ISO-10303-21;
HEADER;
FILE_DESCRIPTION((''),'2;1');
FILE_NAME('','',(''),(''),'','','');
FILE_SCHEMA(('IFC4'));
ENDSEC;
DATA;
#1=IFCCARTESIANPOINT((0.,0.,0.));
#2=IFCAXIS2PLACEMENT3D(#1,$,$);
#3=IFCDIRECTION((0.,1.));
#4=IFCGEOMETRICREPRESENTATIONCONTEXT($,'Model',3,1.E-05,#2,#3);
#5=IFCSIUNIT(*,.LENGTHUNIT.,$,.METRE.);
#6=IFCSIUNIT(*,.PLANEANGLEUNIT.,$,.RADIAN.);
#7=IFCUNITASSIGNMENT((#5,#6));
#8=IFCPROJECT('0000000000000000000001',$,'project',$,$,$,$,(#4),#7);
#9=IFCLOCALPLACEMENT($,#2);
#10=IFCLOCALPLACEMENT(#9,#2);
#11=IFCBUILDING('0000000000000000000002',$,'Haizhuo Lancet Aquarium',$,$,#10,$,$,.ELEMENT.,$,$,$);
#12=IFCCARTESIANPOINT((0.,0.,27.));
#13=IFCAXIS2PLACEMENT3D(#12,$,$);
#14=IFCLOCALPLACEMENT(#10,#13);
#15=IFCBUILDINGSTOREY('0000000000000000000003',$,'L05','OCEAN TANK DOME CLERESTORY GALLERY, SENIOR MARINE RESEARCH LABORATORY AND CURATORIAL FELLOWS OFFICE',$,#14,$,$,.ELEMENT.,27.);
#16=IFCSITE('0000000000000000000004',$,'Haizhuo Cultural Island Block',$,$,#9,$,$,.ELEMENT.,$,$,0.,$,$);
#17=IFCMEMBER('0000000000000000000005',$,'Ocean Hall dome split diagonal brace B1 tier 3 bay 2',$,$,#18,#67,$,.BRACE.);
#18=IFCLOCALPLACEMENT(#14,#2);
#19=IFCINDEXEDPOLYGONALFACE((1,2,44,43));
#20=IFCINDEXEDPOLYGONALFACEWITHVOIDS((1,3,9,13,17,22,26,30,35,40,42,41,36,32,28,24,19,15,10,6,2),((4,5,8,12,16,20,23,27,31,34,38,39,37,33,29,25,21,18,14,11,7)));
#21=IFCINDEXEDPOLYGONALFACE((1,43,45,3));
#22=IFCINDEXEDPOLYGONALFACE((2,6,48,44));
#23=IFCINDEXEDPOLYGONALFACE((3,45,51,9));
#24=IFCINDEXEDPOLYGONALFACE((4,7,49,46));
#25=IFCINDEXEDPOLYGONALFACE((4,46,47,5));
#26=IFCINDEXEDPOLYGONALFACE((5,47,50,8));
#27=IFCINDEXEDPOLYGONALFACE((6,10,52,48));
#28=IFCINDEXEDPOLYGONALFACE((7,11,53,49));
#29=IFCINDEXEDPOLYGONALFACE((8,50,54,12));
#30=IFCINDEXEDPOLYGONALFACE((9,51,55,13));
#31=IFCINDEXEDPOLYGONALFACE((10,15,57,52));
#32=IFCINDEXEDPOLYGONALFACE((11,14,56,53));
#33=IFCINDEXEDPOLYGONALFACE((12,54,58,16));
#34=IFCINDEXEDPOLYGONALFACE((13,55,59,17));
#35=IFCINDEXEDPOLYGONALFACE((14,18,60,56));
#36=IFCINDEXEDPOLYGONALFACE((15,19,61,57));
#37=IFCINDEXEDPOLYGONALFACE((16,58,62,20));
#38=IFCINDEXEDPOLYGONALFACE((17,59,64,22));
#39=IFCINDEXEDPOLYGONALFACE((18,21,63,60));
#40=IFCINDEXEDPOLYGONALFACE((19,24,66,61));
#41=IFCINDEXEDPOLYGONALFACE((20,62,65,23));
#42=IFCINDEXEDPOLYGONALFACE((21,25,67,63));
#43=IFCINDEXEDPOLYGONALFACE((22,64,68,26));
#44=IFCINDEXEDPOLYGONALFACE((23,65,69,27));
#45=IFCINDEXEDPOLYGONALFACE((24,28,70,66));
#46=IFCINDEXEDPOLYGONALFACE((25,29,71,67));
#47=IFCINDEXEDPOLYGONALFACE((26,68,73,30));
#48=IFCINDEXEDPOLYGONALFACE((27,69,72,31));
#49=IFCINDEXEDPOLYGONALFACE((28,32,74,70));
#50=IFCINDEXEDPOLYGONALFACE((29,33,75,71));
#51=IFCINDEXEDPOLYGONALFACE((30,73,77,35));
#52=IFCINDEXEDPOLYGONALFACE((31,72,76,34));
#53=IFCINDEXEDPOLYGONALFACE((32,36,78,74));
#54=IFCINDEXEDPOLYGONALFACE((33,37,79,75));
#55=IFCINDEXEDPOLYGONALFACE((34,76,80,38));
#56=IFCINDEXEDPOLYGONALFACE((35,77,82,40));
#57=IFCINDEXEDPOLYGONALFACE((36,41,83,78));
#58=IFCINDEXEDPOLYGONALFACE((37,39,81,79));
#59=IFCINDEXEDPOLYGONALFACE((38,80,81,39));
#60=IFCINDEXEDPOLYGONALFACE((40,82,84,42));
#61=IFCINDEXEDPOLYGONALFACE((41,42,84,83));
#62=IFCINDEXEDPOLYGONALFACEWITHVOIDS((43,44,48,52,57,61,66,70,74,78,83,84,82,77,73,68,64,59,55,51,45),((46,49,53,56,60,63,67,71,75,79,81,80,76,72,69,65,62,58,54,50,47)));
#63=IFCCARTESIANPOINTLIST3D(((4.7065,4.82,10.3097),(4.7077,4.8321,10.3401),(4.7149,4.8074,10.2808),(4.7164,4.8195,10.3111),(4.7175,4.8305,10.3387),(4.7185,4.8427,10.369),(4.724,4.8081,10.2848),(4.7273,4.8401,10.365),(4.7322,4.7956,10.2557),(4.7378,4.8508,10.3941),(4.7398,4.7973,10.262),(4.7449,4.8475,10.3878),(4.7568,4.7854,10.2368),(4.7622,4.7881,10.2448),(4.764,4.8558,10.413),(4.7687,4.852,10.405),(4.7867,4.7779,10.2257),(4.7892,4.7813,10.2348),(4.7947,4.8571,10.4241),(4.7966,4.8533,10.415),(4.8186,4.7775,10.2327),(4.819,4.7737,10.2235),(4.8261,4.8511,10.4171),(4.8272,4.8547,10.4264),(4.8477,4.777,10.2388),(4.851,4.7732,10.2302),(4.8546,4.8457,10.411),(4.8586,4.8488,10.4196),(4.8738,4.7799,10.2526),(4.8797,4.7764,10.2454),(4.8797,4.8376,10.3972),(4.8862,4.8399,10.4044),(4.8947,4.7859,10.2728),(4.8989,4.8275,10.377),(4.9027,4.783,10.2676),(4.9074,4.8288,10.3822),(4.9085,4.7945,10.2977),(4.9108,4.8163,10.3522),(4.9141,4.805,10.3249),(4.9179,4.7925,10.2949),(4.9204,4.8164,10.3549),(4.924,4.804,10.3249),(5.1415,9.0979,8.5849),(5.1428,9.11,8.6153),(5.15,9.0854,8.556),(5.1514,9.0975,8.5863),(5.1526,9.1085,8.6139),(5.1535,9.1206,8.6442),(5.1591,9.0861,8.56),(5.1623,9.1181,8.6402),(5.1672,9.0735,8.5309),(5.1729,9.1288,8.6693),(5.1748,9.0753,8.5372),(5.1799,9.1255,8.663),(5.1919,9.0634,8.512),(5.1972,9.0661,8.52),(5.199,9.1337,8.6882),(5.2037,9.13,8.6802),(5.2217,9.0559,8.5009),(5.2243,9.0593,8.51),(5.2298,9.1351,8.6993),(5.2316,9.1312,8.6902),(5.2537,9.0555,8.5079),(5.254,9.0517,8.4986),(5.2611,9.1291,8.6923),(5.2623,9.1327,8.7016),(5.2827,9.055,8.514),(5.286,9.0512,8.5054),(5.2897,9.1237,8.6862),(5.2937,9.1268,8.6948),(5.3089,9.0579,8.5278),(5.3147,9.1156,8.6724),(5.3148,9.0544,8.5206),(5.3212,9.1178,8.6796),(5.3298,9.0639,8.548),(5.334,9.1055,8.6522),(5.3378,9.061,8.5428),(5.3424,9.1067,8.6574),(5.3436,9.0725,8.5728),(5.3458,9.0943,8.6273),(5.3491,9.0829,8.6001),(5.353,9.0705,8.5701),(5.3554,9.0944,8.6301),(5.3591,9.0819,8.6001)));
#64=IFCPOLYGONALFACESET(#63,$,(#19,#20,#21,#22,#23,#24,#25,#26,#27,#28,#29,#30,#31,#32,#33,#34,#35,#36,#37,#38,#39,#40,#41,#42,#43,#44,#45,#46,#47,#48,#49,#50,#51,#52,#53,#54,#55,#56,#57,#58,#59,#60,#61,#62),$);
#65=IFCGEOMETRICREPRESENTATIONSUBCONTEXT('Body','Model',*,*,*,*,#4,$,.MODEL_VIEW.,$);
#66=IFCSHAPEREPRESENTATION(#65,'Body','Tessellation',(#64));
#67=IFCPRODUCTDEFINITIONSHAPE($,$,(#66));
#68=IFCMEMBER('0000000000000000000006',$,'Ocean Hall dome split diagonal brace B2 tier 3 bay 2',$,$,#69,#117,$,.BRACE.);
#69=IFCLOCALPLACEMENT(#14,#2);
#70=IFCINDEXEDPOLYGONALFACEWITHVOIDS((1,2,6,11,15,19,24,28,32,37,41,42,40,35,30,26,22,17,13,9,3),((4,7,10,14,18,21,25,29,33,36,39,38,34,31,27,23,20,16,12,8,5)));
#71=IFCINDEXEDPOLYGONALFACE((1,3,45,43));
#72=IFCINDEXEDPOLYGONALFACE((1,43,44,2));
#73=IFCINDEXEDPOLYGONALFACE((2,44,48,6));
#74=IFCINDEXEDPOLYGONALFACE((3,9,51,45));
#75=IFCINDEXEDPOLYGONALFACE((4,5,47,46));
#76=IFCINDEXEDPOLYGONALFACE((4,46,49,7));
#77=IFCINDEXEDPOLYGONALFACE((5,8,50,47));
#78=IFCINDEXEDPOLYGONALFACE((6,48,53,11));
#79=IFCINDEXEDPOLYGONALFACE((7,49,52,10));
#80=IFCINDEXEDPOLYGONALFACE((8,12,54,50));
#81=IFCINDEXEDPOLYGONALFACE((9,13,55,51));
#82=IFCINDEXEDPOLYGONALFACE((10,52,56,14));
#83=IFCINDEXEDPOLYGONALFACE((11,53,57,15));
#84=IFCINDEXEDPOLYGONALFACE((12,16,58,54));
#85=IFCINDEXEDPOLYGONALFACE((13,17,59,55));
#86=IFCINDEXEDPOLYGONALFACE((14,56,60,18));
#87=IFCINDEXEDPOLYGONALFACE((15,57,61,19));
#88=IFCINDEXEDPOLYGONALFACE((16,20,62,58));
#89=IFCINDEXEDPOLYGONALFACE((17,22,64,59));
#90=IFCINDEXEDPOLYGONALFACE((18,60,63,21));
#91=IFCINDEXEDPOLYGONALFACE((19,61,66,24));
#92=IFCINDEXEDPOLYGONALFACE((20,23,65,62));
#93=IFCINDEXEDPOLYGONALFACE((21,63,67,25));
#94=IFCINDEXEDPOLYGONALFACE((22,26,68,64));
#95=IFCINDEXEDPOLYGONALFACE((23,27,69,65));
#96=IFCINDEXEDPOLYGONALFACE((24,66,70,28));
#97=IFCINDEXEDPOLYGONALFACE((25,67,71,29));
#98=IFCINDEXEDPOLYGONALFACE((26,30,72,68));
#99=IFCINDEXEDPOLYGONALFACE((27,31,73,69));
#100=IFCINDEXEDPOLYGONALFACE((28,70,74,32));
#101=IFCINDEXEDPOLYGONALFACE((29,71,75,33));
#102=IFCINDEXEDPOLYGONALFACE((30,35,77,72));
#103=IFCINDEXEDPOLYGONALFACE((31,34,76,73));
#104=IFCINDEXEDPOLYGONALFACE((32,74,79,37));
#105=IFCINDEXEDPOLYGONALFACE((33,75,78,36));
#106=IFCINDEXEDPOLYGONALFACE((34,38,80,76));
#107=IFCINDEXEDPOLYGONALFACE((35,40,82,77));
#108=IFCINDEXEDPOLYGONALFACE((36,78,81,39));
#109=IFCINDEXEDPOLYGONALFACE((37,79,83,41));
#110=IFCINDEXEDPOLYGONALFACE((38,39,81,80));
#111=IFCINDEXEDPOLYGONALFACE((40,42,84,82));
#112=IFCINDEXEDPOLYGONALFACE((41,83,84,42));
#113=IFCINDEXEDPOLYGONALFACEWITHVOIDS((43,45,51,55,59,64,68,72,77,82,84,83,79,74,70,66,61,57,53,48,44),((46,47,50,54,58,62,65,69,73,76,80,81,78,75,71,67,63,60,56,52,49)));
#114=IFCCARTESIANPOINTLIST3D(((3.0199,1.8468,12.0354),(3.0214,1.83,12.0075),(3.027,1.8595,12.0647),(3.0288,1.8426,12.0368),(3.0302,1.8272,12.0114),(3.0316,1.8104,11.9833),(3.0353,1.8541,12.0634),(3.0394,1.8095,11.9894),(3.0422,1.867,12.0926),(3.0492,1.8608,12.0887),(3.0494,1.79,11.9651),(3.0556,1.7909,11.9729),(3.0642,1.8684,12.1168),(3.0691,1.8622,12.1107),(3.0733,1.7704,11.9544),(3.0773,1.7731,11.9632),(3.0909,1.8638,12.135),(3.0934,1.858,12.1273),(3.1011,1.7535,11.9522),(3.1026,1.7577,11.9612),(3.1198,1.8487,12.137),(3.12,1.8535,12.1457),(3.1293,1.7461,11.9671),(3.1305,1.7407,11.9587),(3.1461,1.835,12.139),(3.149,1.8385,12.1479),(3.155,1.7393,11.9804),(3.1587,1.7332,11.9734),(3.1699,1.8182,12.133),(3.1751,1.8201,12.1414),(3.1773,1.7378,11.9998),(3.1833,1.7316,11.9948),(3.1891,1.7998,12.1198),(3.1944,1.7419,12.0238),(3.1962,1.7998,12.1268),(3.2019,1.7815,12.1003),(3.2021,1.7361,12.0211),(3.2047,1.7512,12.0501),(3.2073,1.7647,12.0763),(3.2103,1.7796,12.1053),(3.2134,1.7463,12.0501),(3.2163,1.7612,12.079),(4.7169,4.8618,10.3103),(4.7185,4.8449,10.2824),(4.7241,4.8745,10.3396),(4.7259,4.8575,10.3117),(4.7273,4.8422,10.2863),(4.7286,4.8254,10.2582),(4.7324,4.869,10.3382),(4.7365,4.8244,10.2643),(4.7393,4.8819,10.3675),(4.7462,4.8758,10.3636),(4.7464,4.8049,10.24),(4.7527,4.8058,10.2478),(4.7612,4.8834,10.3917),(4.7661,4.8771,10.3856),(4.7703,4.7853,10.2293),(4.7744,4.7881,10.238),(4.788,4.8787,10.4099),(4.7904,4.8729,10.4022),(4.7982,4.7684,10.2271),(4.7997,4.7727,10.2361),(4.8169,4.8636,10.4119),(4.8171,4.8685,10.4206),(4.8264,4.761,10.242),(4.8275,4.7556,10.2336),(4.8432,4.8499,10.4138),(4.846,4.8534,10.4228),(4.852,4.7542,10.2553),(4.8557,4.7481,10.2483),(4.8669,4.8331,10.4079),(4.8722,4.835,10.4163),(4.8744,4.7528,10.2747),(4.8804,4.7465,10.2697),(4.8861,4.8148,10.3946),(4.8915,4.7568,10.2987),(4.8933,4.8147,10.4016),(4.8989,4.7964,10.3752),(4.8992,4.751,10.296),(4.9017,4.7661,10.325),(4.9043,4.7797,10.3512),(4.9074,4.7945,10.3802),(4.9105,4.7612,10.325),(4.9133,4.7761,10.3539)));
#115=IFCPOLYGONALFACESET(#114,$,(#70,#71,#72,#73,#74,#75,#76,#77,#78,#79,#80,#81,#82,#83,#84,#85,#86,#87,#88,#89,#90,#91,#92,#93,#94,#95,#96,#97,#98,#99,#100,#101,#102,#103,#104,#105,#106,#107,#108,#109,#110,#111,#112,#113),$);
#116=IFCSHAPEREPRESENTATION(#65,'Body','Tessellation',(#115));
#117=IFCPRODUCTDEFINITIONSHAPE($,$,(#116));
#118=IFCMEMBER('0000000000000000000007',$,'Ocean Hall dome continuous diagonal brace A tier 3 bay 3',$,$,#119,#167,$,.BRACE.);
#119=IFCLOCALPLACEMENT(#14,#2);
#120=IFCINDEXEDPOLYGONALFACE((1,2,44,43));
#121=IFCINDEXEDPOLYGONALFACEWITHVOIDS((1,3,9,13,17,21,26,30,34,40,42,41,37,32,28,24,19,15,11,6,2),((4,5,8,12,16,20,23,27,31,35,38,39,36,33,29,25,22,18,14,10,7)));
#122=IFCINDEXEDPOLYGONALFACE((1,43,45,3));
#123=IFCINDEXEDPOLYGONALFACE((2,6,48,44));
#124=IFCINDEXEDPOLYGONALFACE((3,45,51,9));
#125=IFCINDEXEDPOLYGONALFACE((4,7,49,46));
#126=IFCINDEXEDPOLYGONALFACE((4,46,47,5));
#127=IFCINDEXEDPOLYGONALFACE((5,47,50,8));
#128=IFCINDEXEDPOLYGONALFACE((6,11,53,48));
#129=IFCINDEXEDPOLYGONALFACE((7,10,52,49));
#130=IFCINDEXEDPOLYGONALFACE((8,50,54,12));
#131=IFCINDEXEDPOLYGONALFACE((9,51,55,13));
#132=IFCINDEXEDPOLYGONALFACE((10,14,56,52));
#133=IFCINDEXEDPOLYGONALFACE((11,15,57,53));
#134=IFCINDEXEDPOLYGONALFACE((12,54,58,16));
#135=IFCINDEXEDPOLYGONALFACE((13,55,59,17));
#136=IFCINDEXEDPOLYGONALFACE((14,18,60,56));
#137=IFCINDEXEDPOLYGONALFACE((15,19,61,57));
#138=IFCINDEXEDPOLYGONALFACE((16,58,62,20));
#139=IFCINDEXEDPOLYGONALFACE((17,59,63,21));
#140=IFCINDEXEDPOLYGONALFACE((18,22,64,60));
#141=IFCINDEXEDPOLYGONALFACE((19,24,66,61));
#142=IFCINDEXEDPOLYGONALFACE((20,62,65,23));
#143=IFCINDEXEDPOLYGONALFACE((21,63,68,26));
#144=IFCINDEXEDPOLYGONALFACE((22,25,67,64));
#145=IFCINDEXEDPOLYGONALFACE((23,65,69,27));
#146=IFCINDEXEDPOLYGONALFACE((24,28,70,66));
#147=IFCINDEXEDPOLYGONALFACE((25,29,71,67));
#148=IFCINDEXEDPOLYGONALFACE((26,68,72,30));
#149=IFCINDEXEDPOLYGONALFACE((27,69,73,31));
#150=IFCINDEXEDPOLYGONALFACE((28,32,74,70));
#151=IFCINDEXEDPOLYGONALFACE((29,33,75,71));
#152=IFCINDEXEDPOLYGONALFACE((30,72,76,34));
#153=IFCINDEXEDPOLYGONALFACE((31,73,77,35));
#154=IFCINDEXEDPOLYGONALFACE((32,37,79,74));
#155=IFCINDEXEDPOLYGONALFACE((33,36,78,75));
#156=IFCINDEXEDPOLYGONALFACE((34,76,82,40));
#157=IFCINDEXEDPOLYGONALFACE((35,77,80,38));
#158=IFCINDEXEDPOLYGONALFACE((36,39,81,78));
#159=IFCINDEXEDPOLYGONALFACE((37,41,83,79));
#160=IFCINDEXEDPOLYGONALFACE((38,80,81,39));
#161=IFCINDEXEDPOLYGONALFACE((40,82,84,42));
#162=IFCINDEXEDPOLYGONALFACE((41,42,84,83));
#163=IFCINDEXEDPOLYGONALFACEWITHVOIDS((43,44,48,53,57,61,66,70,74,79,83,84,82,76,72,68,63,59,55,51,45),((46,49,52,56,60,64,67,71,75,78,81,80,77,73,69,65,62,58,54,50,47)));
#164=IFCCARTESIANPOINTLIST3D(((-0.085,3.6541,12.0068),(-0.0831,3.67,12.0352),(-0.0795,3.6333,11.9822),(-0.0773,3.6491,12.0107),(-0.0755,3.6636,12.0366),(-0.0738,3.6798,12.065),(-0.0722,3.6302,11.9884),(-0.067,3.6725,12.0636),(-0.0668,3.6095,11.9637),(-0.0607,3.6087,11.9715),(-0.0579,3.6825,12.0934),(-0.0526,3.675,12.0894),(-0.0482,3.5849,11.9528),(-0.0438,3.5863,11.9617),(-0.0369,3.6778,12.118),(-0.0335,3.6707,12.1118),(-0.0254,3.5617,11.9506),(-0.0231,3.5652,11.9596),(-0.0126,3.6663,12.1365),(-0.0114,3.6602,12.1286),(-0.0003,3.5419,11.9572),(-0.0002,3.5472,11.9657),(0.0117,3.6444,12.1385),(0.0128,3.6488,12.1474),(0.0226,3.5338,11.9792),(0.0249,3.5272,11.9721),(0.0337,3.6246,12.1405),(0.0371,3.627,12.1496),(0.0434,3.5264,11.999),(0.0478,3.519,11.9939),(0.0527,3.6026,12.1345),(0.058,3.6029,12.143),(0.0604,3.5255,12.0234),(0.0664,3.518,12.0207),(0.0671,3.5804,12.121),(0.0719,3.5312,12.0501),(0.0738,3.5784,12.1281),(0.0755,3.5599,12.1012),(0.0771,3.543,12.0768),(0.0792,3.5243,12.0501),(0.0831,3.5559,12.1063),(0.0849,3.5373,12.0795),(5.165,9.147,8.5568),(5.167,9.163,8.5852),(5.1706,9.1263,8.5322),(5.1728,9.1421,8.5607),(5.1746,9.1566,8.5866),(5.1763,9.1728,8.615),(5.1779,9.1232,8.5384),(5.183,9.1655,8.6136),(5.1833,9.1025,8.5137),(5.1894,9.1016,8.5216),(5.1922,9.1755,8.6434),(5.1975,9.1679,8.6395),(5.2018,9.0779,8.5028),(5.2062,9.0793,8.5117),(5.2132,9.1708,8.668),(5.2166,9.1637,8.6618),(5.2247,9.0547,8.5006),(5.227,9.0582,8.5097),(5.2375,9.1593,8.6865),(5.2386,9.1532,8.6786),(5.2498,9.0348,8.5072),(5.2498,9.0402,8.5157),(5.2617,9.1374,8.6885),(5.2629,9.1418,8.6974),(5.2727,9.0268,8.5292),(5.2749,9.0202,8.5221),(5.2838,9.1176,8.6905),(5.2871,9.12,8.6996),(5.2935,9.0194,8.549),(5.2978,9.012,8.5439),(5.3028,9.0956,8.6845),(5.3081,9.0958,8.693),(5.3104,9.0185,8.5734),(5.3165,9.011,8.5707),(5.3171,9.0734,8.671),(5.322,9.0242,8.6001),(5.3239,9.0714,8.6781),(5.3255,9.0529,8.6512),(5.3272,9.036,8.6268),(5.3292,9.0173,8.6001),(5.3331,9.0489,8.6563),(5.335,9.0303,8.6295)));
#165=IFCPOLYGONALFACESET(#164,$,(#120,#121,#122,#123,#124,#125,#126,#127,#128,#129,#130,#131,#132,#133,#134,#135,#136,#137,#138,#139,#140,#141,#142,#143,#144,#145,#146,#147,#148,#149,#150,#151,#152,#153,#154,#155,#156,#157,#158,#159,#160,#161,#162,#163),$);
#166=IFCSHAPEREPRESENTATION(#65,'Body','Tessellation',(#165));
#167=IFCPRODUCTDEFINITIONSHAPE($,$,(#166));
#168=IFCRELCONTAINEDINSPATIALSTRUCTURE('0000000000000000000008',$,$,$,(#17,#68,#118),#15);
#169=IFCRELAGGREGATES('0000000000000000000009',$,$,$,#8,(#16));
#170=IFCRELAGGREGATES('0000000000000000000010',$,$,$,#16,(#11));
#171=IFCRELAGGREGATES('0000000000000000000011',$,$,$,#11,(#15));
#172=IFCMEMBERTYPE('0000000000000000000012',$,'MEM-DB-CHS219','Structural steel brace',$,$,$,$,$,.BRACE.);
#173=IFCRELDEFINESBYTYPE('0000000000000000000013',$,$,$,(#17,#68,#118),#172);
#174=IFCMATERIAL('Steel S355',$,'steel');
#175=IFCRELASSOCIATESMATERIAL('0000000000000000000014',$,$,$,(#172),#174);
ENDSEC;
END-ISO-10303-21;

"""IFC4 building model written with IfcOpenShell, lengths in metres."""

from ifc_helpers import new_model, si_unit, direction, frame, origin, origin_2d, place, context, subcontext, project, spatial, hollow_circle, extrude, material, material_profile, profile_set, type_object, element, save


model = new_model("IFC4")

# Units and contexts
model_context = context("Model", 3, precision=1e-05, world=origin(), true_north=direction((0.0, 1.0)))
body_context = subcontext(model_context, "Body", "Model", "MODEL_VIEW")
ifc_project = project(units=[si_unit("LENGTHUNIT", "METRE"), si_unit("PLANEANGLEUNIT", "RADIAN")], contexts=[model_context])

# Site, building, storey
site_placement = place(None, origin())
site = spatial("IfcSite", under=ifc_project, at=site_placement, Name="Haizhuo Cultural Island Block", CompositionType="ELEMENT", RefElevation=0.0)
building_placement = place(site_placement, origin())
building = spatial("IfcBuilding", under=site, at=building_placement, Name="Haizhuo Lancet Aquarium", CompositionType="ELEMENT")
storey_placement = place(building_placement, frame((0.0, 0.0, 27.0)))
storey = spatial("IfcBuildingStorey", under=building, at=storey_placement, Name="L05", Description="OCEAN TANK DOME CLERESTORY GALLERY, SENIOR MARINE RESEARCH LABORATORY AND CURATORIAL FELLOWS OFFICE", CompositionType="ELEMENT", Elevation=27.0)

# Shared definitions
ifc_material_1 = material(Name="Steel S355", Category="steel")

# Members
ifc_material_profile_1 = material_profile(ifc_material_1, hollow_circle(Radius=0.1096, WallThickness=0.01, at=origin_2d()), Name="CHS 219x10")
ifc_profile_set_1 = profile_set([ifc_material_profile_1], Name="Steel S355")
member_type_1 = type_object("IfcMemberType", Name="MEM-DB-CHS219", Description="Structural steel brace", PredefinedType="BRACE", material=ifc_profile_set_1)
member_1_placement = place(storey_placement, frame((5.25, 9.093, 8.6001), z_axis=(-0.093901, -0.923357, 0.372283), x_axis=(0.994869, -0.101173, 0.0)))
element("IfcMember", 1, at=member_1_placement, inside=storey, type_object=member_type_1, Name="Ocean Hall dome split diagonal brace B1 tier 3 bay 2", PredefinedType="BRACE", context=body_context, shape_type="SweptSolid", body=[
    extrude(hollow_circle(Radius=0.1096, WallThickness=0.01, at=origin_2d()), origin(), (0.0, 0.0, 1.0), 4.6331),
])
member_2_placement = place(storey_placement, frame((4.8149, 4.8149, 10.325), z_axis=(-0.438968, -0.779862, 0.446231), x_axis=(0.871434, -0.490512, 0.0)))
element("IfcMember", 2, at=member_2_placement, inside=storey, type_object=member_type_1, Name="Ocean Hall dome split diagonal brace B2 tier 3 bay 2", PredefinedType="BRACE", context=body_context, shape_type="SweptSolid", body=[
    extrude(hollow_circle(Radius=0.1096, WallThickness=0.01, at=origin_2d()), origin(), (0.0, 0.0, 1.0), 3.866),
])
member_3_placement = place(storey_placement, frame((5.25, 9.093, 8.6001), z_axis=(-0.629129, -0.658239, 0.413422), x_axis=(0.722911, -0.690941, 0.0)))
element("IfcMember", 3, at=member_3_placement, inside=storey, type_object=member_type_1, Name="Ocean Hall dome continuous diagonal brace A tier 3 bay 3", PredefinedType="BRACE", context=body_context, shape_type="SweptSolid", body=[
    extrude(hollow_circle(Radius=0.1096, WallThickness=0.01, at=origin_2d()), origin(), (0.0, 0.0, 1.0), 8.345),
])

save(model, "model.ifc")
